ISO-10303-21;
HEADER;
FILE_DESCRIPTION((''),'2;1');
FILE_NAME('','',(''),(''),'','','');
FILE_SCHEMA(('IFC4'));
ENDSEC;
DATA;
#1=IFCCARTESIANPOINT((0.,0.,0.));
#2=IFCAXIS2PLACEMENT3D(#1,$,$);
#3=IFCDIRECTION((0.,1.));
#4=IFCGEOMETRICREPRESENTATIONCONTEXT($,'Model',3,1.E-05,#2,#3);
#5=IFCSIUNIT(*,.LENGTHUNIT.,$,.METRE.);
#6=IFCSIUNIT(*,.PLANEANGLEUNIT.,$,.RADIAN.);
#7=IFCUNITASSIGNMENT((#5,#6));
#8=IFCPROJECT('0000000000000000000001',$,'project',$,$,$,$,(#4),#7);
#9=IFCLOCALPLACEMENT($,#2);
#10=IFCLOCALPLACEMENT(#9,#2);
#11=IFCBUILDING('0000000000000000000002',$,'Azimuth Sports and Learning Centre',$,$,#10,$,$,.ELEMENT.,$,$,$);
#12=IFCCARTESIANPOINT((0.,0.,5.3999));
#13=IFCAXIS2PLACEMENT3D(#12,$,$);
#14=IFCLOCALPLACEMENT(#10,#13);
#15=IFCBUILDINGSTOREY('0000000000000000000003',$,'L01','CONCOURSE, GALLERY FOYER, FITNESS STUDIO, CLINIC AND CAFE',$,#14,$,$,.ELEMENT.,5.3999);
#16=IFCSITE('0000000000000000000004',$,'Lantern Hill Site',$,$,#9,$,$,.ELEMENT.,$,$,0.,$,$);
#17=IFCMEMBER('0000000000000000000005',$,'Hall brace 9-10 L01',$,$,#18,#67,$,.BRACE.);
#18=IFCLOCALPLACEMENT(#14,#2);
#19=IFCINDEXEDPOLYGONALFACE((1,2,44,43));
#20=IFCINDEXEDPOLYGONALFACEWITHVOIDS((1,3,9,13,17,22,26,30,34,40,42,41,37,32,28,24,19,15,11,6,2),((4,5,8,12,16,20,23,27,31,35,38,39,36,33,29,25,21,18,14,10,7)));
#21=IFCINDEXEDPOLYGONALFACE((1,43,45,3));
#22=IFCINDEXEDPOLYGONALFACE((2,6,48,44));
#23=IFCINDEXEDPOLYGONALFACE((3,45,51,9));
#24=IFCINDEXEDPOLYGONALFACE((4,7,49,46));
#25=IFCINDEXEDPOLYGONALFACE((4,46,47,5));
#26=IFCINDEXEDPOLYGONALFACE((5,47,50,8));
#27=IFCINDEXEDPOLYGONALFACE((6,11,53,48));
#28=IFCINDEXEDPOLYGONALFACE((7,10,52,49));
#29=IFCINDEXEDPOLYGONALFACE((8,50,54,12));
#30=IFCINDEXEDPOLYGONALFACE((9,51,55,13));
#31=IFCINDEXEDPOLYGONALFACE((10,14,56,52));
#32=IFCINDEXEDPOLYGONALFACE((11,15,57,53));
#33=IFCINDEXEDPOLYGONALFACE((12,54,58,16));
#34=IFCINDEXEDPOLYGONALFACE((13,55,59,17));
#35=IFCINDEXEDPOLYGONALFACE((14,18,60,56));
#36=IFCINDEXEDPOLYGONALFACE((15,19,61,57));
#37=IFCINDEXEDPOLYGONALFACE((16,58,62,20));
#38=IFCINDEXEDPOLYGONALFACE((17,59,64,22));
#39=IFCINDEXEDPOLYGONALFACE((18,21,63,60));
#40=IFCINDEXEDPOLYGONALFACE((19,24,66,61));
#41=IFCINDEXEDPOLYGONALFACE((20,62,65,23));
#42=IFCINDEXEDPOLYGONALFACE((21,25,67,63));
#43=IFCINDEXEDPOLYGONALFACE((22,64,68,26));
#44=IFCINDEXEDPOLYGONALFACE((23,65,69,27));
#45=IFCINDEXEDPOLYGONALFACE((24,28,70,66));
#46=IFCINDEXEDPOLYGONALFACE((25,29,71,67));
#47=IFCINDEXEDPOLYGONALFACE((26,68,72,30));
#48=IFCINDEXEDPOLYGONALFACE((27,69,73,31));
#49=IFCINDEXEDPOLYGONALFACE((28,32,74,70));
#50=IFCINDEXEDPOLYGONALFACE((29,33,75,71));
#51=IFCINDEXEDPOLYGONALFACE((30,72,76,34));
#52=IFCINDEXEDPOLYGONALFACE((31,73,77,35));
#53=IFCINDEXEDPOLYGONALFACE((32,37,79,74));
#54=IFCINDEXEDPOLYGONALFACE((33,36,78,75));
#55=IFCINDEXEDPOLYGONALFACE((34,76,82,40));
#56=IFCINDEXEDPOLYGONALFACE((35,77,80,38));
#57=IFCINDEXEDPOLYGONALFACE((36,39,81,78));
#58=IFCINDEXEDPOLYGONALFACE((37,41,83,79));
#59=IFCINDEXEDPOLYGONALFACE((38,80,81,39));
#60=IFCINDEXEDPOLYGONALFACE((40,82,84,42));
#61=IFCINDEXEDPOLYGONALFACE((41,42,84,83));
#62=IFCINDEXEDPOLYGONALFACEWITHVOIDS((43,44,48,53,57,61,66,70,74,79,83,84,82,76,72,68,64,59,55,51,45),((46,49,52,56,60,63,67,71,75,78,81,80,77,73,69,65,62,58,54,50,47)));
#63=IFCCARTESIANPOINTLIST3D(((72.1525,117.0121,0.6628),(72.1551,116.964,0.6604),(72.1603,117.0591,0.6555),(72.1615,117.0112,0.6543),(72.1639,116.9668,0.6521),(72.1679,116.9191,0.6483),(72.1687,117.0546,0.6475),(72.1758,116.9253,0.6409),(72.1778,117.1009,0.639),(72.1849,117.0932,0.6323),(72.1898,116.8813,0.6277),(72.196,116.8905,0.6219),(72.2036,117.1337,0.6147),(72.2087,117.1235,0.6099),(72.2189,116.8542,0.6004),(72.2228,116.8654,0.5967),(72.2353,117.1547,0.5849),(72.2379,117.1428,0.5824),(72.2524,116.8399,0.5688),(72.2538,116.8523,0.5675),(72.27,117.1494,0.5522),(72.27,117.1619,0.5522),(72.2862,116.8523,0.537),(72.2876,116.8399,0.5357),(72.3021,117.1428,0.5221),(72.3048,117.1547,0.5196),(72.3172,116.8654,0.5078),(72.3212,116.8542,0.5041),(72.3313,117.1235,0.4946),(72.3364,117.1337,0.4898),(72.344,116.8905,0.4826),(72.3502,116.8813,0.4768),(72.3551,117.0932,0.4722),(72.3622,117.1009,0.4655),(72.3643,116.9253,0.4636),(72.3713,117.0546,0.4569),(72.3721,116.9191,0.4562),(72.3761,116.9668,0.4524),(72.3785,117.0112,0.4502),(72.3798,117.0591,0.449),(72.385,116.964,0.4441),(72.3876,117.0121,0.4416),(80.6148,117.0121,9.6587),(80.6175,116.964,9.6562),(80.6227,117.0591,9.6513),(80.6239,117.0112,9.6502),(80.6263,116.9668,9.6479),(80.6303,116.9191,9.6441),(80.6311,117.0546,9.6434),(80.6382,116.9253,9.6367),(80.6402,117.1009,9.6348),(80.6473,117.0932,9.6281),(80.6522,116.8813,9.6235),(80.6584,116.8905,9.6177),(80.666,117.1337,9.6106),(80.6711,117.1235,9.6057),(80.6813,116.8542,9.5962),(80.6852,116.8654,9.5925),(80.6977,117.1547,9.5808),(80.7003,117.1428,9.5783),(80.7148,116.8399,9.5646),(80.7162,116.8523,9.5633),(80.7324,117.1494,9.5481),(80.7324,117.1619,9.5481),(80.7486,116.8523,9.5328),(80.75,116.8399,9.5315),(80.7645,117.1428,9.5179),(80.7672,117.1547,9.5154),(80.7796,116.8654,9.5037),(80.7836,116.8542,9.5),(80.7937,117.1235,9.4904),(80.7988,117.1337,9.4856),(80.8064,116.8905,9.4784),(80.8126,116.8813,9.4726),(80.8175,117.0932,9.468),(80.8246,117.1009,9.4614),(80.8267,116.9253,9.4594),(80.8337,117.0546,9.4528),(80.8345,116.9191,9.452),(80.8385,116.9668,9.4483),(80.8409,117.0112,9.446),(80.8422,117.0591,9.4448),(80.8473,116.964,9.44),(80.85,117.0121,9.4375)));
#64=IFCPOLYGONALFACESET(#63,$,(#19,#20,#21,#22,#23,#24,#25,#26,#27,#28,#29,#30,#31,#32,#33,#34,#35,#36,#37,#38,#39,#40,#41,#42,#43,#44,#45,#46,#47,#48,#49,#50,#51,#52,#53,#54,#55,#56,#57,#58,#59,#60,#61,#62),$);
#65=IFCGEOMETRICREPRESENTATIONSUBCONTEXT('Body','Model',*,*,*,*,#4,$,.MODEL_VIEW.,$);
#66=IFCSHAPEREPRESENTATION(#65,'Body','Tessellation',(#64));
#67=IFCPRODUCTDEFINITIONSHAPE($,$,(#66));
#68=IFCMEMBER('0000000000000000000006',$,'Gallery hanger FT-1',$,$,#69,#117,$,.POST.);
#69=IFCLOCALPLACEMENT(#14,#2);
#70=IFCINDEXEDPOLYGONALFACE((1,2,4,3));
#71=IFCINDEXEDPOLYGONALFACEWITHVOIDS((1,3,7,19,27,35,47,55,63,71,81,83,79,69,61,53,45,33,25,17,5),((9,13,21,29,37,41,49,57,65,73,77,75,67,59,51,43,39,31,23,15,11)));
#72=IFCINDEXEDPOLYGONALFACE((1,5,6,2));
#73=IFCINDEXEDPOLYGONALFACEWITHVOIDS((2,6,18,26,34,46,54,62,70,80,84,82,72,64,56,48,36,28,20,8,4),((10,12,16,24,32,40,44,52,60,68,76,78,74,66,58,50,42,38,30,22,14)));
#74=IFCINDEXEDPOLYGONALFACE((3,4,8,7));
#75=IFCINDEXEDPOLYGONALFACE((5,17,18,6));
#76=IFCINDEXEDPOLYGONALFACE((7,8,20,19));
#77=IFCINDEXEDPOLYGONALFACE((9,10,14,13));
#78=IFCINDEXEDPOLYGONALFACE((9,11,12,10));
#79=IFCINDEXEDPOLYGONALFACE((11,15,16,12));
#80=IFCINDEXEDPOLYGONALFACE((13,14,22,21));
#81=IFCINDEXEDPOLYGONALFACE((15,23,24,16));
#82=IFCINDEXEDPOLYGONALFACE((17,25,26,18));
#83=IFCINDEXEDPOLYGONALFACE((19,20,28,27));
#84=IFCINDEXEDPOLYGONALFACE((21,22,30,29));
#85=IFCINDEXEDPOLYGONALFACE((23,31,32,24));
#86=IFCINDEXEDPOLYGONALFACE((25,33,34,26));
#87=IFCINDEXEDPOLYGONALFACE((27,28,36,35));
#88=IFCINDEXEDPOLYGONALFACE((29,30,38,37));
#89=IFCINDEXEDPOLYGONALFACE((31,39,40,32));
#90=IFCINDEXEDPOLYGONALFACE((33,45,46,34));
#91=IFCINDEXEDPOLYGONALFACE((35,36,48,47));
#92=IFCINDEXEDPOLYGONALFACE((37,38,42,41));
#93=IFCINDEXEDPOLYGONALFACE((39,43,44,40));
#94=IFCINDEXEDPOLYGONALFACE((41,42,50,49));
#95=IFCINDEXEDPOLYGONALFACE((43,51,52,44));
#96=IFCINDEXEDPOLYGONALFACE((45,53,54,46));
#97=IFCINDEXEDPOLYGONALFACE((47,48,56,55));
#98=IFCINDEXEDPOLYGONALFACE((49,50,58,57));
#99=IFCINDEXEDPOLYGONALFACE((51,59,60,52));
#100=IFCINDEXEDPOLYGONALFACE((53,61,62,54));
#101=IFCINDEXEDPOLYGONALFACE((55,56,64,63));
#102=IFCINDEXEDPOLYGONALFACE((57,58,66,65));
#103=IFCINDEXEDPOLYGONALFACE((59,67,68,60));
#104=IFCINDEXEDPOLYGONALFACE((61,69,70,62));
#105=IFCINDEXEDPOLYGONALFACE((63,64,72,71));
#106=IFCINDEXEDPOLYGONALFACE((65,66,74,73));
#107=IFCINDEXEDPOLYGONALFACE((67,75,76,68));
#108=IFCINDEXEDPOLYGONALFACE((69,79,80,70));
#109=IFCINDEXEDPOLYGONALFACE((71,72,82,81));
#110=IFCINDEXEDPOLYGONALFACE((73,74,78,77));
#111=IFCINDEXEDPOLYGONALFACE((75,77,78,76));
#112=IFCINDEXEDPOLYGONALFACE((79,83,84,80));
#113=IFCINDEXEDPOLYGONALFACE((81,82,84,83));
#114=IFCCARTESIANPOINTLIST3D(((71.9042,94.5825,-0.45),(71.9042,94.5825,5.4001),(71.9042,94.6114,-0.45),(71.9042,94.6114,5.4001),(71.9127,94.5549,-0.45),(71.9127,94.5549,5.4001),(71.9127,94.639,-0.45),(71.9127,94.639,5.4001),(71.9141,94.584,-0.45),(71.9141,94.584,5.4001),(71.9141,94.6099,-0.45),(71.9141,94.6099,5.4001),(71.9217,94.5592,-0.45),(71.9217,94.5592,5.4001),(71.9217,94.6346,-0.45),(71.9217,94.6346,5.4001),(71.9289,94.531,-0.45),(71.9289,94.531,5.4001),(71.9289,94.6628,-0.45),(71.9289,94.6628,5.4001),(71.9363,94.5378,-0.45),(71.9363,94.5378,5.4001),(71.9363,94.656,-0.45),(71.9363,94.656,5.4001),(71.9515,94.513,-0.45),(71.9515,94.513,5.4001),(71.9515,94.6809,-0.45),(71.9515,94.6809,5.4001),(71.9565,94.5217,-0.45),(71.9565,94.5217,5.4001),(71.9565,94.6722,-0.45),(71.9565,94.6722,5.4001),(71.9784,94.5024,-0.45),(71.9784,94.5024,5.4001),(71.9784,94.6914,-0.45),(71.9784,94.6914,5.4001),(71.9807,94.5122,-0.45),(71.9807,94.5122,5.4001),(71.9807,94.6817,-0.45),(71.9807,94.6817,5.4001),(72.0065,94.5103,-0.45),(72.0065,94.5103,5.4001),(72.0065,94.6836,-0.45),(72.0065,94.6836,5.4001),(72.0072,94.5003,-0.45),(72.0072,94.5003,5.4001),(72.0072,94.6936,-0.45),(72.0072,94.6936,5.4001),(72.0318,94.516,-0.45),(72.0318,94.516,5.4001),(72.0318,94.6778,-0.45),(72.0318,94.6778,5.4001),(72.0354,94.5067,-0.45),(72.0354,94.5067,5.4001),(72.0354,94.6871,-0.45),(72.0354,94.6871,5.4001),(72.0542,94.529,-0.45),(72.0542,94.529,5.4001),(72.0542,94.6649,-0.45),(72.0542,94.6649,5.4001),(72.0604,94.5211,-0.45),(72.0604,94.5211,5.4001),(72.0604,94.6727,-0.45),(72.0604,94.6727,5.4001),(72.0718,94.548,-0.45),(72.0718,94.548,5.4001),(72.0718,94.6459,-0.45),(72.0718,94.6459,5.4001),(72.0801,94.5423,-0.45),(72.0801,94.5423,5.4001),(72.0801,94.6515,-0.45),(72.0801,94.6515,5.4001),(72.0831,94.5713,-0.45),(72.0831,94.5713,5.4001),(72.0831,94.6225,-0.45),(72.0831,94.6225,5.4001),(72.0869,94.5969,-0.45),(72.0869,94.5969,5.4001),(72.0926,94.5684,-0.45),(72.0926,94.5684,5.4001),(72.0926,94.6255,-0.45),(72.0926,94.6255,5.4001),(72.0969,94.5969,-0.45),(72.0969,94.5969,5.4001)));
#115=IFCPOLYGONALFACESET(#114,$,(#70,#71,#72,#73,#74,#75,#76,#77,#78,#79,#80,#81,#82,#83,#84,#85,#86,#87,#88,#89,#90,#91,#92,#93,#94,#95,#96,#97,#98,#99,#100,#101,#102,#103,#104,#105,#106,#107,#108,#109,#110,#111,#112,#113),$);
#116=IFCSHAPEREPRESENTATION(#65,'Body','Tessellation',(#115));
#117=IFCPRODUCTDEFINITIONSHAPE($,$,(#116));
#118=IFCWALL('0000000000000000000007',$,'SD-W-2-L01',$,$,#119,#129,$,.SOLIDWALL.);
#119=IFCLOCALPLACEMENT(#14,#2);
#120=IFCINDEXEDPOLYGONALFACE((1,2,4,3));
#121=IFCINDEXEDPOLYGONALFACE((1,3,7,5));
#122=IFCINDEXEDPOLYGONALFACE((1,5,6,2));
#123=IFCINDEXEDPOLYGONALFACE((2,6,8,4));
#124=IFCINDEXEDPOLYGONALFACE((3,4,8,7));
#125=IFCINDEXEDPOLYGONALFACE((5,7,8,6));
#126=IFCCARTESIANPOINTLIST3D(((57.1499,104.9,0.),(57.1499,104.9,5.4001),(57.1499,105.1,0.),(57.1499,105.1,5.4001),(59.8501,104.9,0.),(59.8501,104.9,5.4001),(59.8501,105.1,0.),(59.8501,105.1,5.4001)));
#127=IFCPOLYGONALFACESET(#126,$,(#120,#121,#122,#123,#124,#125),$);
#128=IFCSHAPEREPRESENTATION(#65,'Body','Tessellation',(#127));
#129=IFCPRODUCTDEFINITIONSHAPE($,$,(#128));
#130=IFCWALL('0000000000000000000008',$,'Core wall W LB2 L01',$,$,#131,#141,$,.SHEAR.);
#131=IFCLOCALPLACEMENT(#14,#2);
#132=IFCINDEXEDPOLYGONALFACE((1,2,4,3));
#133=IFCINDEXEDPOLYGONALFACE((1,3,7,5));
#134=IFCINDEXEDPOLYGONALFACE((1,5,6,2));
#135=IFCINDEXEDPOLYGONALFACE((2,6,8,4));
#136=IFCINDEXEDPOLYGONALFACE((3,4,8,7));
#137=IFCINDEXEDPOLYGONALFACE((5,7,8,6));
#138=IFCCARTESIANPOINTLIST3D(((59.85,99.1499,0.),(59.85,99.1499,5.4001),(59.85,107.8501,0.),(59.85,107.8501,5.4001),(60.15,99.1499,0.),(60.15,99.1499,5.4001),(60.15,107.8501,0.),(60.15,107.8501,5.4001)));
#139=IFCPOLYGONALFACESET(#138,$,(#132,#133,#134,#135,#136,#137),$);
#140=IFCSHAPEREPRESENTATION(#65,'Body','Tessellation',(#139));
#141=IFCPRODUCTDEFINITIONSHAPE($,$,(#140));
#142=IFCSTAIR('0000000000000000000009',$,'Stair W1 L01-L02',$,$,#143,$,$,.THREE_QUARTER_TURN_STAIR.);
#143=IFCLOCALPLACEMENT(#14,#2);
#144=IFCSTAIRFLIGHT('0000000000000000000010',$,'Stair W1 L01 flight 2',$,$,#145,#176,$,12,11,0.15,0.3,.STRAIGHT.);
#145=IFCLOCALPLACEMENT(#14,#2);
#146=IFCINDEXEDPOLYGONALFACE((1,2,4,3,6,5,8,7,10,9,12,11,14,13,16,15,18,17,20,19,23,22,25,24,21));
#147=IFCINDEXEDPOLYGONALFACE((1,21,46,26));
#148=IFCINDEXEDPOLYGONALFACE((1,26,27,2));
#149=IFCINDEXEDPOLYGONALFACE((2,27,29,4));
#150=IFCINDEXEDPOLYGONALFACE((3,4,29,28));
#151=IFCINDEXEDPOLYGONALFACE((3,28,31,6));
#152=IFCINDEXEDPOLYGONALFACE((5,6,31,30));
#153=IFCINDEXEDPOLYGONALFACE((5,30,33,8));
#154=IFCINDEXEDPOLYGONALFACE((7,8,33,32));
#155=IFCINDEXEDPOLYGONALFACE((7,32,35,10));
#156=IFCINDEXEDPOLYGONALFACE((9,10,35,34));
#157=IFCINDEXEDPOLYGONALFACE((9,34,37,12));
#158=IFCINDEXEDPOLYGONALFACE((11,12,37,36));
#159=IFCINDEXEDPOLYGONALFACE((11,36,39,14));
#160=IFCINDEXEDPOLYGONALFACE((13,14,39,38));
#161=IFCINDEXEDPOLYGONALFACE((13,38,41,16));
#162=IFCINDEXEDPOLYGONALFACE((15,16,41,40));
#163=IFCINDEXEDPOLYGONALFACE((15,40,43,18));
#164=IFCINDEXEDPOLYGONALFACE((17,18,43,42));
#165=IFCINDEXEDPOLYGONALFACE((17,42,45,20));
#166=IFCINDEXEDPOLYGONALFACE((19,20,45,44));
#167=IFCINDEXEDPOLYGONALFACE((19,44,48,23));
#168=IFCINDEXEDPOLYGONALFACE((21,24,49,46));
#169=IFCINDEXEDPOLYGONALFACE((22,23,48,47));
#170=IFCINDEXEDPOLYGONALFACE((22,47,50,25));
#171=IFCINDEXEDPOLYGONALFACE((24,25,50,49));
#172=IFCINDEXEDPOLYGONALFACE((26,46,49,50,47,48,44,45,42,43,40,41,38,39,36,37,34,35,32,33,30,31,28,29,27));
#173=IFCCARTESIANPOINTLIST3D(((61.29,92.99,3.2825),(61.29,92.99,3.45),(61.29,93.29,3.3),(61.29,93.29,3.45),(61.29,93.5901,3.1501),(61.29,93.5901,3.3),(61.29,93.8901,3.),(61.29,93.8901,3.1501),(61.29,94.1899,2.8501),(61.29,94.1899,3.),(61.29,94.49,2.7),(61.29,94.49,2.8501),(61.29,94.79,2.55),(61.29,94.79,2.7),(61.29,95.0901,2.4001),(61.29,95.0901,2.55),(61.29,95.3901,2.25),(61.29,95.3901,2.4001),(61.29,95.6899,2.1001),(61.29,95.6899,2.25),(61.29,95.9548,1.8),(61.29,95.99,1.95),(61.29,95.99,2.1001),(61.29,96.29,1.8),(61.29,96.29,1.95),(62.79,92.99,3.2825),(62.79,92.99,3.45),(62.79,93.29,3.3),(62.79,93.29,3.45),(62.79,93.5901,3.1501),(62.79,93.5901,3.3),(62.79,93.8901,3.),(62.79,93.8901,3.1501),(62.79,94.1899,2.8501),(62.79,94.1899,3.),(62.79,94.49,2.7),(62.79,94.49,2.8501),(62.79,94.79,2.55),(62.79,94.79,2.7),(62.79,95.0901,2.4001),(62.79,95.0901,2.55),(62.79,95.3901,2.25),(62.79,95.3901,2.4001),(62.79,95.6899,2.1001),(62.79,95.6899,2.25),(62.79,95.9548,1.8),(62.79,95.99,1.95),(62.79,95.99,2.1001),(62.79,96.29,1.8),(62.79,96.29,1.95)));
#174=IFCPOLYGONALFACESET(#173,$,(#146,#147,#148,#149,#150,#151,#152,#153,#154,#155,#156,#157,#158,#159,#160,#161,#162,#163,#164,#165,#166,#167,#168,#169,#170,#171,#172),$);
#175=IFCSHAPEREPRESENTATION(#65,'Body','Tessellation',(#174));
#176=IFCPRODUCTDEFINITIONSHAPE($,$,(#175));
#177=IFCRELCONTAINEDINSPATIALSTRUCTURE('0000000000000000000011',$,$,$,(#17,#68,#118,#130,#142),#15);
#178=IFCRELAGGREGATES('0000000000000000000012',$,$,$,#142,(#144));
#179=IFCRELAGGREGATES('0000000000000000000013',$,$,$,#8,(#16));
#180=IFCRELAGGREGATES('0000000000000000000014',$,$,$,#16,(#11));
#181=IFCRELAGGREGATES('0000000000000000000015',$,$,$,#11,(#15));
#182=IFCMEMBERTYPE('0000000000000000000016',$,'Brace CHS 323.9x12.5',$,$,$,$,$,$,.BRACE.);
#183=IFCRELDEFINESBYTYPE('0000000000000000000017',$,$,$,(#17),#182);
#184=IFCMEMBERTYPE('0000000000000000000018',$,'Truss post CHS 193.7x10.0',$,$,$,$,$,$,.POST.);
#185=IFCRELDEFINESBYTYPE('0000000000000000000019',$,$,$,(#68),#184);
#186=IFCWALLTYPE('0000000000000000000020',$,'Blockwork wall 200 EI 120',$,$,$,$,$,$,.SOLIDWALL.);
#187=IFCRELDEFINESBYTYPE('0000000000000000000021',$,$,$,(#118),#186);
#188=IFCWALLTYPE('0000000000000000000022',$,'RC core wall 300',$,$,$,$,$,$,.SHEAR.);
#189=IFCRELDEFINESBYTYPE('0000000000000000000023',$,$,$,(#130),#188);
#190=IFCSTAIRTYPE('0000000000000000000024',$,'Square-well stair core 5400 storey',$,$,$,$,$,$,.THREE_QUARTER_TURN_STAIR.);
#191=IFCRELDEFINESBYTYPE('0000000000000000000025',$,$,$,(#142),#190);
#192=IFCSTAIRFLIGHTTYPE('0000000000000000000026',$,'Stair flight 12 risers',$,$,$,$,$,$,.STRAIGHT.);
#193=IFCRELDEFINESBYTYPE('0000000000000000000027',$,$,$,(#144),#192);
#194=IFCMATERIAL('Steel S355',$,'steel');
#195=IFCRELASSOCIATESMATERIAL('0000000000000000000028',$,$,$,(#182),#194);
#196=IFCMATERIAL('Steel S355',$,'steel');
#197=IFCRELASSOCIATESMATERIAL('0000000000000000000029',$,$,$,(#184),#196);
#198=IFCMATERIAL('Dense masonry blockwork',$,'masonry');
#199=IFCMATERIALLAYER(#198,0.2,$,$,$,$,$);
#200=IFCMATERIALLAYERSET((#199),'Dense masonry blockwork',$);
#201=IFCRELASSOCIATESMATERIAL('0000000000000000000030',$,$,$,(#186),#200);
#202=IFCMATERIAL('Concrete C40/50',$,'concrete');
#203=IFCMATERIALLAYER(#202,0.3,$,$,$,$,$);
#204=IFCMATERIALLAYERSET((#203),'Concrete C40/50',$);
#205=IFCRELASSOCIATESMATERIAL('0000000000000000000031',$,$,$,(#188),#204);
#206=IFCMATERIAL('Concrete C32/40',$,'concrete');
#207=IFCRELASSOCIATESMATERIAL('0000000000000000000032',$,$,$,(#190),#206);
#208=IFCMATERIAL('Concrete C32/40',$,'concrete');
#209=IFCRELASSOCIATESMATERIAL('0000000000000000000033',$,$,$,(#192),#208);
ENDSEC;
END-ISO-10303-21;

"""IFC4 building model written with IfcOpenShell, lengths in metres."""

from ifc_helpers import new_model, si_unit, direction, frame, frame_2d, origin, origin_2d, place, context, subcontext, project, spatial, polyline, rectangle, hollow_circle, outline, extrude, material, layer, layer_set, material_profile, profile_set, type_object, element, aggregate, save


model = new_model("IFC4")

# Units and contexts
model_context = context("Model", 3, precision=1e-05, world=origin(), true_north=direction((0.0, 1.0)))
body_context = subcontext(model_context, "Body", "Model", "MODEL_VIEW")
ifc_project = project(units=[si_unit("LENGTHUNIT", "METRE"), si_unit("PLANEANGLEUNIT", "RADIAN")], contexts=[model_context])

# Site, building, storey
site_placement = place(None, origin())
site = spatial("IfcSite", under=ifc_project, at=site_placement, Name="Lantern Hill Site", CompositionType="ELEMENT", RefElevation=0.0)
building_placement = place(site_placement, origin())
building = spatial("IfcBuilding", under=site, at=building_placement, Name="Azimuth Sports and Learning Centre", CompositionType="ELEMENT")
storey_placement = place(building_placement, frame((0.0, 0.0, 5.3999)))
storey = spatial("IfcBuildingStorey", under=building, at=storey_placement, Name="L01", Description="CONCOURSE, GALLERY FOYER, FITNESS STUDIO, CLINIC AND CAFE", CompositionType="ELEMENT", Elevation=5.3999)

# Members
ifc_material_1 = material(Name="Steel S355", Category="steel")
ifc_material_profile_1 = material_profile(ifc_material_1, hollow_circle(Radius=0.1619, WallThickness=0.0125, at=origin_2d()), Name="CHS 323.9x12.5")
ifc_profile_set_1 = profile_set([ifc_material_profile_1], Name="Steel S355")
member_type_1 = type_object("IfcMemberType", Name="Brace CHS 323.9x12.5", PredefinedType="BRACE", material=ifc_profile_set_1)
member_1_placement = place(storey_placement, frame((72.27, 117.0, 0.5522), z_axis=(0.685181, 0.0, 0.728373), x_axis=(0.0, 1.0, 0.0)))
element("IfcMember", 1, at=member_1_placement, inside=storey, type_object=member_type_1, Name="Hall brace 9-10 L01", PredefinedType="BRACE", context=body_context, shape_type="SweptSolid", body=[
    extrude(hollow_circle(Radius=0.1619, WallThickness=0.0125, at=origin_2d()), origin(), (0.0, 0.0, 1.0), 12.3506),
])
ifc_material_2 = material(Name="Steel S355", Category="steel")
ifc_material_profile_2 = material_profile(ifc_material_2, hollow_circle(Radius=0.0969, WallThickness=0.01, at=origin_2d()), Name="CHS 193.7x10.0")
ifc_profile_set_2 = profile_set([ifc_material_profile_2], Name="Steel S355")
member_type_2 = type_object("IfcMemberType", Name="Truss post CHS 193.7x10.0", PredefinedType="POST", material=ifc_profile_set_2)
member_2_placement = place(storey_placement, frame((72.0, 94.5969, -0.45), z_axis=(0.0, 0.0, 1.0), x_axis=(1.0, 0.0, 0.0)))
element("IfcMember", 2, at=member_2_placement, inside=storey, type_object=member_type_2, Name="Gallery hanger FT-1", PredefinedType="POST", context=body_context, shape_type="SweptSolid", body=[
    extrude(hollow_circle(Radius=0.0969, WallThickness=0.01, at=origin_2d()), origin(), (0.0, 0.0, 1.0), 5.8501),
])

# Walls
ifc_material_3 = material(Name="Dense masonry blockwork", Category="masonry")
ifc_layer_1 = layer(ifc_material_3, 0.2)
ifc_layer_set_1 = layer_set([ifc_layer_1], Name="Dense masonry blockwork")
wall_type_1 = type_object("IfcWallType", Name="Blockwork wall 200 EI 120", PredefinedType="SOLIDWALL", material=ifc_layer_set_1)
wall_1_placement = place(storey_placement, frame((57.1499, 105.0, 0.0), z_axis=(0.0, 0.0, 1.0), x_axis=(1.0, 0.0, 0.0)))
element("IfcWall", 3, at=wall_1_placement, inside=storey, type_object=wall_type_1, Name="SD-W-2-L01", PredefinedType="SOLIDWALL", context=body_context, shape_type="SweptSolid", body=[
    extrude(rectangle(XDim=2.7002, YDim=0.2, at=frame_2d((1.3501, 0.0))), origin(), (0.0, 0.0, 1.0), 5.4001),
])
ifc_material_4 = material(Name="Concrete C40/50", Category="concrete")
ifc_layer_2 = layer(ifc_material_4, 0.3)
ifc_layer_set_2 = layer_set([ifc_layer_2], Name="Concrete C40/50")
wall_type_2 = type_object("IfcWallType", Name="RC core wall 300", PredefinedType="SHEAR", material=ifc_layer_set_2)
wall_2_placement = place(storey_placement, frame((60.0, 99.1499, 0.0), z_axis=(0.0, 0.0, 1.0), x_axis=(0.0, 1.0, 0.0)))
element("IfcWall", 4, at=wall_2_placement, inside=storey, type_object=wall_type_2, Name="Core wall W LB2 L01", PredefinedType="SHEAR", context=body_context, shape_type="SweptSolid", body=[
    extrude(rectangle(XDim=8.7002, YDim=0.3, at=frame_2d((4.3501, 0.0))), origin(), (0.0, 0.0, 1.0), 5.4001),
])

# Stair, stair flight
ifc_material_5 = material(Name="Concrete C32/40", Category="concrete")
stair_type = type_object("IfcStairType", Name="Square-well stair core 5400 storey", PredefinedType="THREE_QUARTER_TURN_STAIR", material=ifc_material_5)
stair_1_placement = place(storey_placement, origin())
stair_1 = element("IfcStair", 5, at=stair_1_placement, inside=storey, type_object=stair_type, Name="Stair W1 L01-L02", PredefinedType="THREE_QUARTER_TURN_STAIR")
ifc_material_6 = material(Name="Concrete C32/40", Category="concrete")
stair_flight_type = type_object("IfcStairFlightType", Name="Stair flight 12 risers", PredefinedType="STRAIGHT", material=ifc_material_6)
stair_flight_1_placement = place(storey_placement, frame((62.04, 96.29, 1.8), z_axis=(0.0, 0.0, 1.0), x_axis=(0.0, -1.0, 0.0)))
stair_flight_1 = element("IfcStairFlight", 6, at=stair_flight_1_placement, type_object=stair_flight_type, Name="Stair W1 L01 flight 2", NumberOfRisers=12, NumberOfTreads=11, PredefinedType="STRAIGHT", RiserHeight=0.15, TreadLength=0.3, context=body_context, shape_type="SweptSolid", body=[
    extrude(outline(polyline([(0.0, 0.0), (0.0, 0.1499), (0.3, 0.1499), (0.3, 0.3), (0.6001, 0.3), (0.6001, 0.45), (0.8999, 0.45), (0.8999, 0.6001), (1.2, 0.6001), (1.2, 0.75), (1.5, 0.75), (1.5, 0.8999), (1.8, 0.8999), (1.8, 1.05), (2.1001, 1.05), (2.1001, 1.2), (2.3999, 1.2), (2.3999, 1.3501), (2.7, 1.3501), (2.7, 1.5), (3.0, 1.5), (3.0, 1.6499), (3.3, 1.6499), (3.3, 1.8), (3.3, 1.4824), (0.3352, 0.0), (0.0, 0.0)])), frame((0.0, 0.75, 0.0), z_axis=(0.0, -1.0, 0.0), x_axis=(1.0, 0.0, 0.0)), (0.0, 0.0, 1.0), 1.5),
])
aggregate(stair_1, [stair_flight_1])

save(model, "model.ifc")
